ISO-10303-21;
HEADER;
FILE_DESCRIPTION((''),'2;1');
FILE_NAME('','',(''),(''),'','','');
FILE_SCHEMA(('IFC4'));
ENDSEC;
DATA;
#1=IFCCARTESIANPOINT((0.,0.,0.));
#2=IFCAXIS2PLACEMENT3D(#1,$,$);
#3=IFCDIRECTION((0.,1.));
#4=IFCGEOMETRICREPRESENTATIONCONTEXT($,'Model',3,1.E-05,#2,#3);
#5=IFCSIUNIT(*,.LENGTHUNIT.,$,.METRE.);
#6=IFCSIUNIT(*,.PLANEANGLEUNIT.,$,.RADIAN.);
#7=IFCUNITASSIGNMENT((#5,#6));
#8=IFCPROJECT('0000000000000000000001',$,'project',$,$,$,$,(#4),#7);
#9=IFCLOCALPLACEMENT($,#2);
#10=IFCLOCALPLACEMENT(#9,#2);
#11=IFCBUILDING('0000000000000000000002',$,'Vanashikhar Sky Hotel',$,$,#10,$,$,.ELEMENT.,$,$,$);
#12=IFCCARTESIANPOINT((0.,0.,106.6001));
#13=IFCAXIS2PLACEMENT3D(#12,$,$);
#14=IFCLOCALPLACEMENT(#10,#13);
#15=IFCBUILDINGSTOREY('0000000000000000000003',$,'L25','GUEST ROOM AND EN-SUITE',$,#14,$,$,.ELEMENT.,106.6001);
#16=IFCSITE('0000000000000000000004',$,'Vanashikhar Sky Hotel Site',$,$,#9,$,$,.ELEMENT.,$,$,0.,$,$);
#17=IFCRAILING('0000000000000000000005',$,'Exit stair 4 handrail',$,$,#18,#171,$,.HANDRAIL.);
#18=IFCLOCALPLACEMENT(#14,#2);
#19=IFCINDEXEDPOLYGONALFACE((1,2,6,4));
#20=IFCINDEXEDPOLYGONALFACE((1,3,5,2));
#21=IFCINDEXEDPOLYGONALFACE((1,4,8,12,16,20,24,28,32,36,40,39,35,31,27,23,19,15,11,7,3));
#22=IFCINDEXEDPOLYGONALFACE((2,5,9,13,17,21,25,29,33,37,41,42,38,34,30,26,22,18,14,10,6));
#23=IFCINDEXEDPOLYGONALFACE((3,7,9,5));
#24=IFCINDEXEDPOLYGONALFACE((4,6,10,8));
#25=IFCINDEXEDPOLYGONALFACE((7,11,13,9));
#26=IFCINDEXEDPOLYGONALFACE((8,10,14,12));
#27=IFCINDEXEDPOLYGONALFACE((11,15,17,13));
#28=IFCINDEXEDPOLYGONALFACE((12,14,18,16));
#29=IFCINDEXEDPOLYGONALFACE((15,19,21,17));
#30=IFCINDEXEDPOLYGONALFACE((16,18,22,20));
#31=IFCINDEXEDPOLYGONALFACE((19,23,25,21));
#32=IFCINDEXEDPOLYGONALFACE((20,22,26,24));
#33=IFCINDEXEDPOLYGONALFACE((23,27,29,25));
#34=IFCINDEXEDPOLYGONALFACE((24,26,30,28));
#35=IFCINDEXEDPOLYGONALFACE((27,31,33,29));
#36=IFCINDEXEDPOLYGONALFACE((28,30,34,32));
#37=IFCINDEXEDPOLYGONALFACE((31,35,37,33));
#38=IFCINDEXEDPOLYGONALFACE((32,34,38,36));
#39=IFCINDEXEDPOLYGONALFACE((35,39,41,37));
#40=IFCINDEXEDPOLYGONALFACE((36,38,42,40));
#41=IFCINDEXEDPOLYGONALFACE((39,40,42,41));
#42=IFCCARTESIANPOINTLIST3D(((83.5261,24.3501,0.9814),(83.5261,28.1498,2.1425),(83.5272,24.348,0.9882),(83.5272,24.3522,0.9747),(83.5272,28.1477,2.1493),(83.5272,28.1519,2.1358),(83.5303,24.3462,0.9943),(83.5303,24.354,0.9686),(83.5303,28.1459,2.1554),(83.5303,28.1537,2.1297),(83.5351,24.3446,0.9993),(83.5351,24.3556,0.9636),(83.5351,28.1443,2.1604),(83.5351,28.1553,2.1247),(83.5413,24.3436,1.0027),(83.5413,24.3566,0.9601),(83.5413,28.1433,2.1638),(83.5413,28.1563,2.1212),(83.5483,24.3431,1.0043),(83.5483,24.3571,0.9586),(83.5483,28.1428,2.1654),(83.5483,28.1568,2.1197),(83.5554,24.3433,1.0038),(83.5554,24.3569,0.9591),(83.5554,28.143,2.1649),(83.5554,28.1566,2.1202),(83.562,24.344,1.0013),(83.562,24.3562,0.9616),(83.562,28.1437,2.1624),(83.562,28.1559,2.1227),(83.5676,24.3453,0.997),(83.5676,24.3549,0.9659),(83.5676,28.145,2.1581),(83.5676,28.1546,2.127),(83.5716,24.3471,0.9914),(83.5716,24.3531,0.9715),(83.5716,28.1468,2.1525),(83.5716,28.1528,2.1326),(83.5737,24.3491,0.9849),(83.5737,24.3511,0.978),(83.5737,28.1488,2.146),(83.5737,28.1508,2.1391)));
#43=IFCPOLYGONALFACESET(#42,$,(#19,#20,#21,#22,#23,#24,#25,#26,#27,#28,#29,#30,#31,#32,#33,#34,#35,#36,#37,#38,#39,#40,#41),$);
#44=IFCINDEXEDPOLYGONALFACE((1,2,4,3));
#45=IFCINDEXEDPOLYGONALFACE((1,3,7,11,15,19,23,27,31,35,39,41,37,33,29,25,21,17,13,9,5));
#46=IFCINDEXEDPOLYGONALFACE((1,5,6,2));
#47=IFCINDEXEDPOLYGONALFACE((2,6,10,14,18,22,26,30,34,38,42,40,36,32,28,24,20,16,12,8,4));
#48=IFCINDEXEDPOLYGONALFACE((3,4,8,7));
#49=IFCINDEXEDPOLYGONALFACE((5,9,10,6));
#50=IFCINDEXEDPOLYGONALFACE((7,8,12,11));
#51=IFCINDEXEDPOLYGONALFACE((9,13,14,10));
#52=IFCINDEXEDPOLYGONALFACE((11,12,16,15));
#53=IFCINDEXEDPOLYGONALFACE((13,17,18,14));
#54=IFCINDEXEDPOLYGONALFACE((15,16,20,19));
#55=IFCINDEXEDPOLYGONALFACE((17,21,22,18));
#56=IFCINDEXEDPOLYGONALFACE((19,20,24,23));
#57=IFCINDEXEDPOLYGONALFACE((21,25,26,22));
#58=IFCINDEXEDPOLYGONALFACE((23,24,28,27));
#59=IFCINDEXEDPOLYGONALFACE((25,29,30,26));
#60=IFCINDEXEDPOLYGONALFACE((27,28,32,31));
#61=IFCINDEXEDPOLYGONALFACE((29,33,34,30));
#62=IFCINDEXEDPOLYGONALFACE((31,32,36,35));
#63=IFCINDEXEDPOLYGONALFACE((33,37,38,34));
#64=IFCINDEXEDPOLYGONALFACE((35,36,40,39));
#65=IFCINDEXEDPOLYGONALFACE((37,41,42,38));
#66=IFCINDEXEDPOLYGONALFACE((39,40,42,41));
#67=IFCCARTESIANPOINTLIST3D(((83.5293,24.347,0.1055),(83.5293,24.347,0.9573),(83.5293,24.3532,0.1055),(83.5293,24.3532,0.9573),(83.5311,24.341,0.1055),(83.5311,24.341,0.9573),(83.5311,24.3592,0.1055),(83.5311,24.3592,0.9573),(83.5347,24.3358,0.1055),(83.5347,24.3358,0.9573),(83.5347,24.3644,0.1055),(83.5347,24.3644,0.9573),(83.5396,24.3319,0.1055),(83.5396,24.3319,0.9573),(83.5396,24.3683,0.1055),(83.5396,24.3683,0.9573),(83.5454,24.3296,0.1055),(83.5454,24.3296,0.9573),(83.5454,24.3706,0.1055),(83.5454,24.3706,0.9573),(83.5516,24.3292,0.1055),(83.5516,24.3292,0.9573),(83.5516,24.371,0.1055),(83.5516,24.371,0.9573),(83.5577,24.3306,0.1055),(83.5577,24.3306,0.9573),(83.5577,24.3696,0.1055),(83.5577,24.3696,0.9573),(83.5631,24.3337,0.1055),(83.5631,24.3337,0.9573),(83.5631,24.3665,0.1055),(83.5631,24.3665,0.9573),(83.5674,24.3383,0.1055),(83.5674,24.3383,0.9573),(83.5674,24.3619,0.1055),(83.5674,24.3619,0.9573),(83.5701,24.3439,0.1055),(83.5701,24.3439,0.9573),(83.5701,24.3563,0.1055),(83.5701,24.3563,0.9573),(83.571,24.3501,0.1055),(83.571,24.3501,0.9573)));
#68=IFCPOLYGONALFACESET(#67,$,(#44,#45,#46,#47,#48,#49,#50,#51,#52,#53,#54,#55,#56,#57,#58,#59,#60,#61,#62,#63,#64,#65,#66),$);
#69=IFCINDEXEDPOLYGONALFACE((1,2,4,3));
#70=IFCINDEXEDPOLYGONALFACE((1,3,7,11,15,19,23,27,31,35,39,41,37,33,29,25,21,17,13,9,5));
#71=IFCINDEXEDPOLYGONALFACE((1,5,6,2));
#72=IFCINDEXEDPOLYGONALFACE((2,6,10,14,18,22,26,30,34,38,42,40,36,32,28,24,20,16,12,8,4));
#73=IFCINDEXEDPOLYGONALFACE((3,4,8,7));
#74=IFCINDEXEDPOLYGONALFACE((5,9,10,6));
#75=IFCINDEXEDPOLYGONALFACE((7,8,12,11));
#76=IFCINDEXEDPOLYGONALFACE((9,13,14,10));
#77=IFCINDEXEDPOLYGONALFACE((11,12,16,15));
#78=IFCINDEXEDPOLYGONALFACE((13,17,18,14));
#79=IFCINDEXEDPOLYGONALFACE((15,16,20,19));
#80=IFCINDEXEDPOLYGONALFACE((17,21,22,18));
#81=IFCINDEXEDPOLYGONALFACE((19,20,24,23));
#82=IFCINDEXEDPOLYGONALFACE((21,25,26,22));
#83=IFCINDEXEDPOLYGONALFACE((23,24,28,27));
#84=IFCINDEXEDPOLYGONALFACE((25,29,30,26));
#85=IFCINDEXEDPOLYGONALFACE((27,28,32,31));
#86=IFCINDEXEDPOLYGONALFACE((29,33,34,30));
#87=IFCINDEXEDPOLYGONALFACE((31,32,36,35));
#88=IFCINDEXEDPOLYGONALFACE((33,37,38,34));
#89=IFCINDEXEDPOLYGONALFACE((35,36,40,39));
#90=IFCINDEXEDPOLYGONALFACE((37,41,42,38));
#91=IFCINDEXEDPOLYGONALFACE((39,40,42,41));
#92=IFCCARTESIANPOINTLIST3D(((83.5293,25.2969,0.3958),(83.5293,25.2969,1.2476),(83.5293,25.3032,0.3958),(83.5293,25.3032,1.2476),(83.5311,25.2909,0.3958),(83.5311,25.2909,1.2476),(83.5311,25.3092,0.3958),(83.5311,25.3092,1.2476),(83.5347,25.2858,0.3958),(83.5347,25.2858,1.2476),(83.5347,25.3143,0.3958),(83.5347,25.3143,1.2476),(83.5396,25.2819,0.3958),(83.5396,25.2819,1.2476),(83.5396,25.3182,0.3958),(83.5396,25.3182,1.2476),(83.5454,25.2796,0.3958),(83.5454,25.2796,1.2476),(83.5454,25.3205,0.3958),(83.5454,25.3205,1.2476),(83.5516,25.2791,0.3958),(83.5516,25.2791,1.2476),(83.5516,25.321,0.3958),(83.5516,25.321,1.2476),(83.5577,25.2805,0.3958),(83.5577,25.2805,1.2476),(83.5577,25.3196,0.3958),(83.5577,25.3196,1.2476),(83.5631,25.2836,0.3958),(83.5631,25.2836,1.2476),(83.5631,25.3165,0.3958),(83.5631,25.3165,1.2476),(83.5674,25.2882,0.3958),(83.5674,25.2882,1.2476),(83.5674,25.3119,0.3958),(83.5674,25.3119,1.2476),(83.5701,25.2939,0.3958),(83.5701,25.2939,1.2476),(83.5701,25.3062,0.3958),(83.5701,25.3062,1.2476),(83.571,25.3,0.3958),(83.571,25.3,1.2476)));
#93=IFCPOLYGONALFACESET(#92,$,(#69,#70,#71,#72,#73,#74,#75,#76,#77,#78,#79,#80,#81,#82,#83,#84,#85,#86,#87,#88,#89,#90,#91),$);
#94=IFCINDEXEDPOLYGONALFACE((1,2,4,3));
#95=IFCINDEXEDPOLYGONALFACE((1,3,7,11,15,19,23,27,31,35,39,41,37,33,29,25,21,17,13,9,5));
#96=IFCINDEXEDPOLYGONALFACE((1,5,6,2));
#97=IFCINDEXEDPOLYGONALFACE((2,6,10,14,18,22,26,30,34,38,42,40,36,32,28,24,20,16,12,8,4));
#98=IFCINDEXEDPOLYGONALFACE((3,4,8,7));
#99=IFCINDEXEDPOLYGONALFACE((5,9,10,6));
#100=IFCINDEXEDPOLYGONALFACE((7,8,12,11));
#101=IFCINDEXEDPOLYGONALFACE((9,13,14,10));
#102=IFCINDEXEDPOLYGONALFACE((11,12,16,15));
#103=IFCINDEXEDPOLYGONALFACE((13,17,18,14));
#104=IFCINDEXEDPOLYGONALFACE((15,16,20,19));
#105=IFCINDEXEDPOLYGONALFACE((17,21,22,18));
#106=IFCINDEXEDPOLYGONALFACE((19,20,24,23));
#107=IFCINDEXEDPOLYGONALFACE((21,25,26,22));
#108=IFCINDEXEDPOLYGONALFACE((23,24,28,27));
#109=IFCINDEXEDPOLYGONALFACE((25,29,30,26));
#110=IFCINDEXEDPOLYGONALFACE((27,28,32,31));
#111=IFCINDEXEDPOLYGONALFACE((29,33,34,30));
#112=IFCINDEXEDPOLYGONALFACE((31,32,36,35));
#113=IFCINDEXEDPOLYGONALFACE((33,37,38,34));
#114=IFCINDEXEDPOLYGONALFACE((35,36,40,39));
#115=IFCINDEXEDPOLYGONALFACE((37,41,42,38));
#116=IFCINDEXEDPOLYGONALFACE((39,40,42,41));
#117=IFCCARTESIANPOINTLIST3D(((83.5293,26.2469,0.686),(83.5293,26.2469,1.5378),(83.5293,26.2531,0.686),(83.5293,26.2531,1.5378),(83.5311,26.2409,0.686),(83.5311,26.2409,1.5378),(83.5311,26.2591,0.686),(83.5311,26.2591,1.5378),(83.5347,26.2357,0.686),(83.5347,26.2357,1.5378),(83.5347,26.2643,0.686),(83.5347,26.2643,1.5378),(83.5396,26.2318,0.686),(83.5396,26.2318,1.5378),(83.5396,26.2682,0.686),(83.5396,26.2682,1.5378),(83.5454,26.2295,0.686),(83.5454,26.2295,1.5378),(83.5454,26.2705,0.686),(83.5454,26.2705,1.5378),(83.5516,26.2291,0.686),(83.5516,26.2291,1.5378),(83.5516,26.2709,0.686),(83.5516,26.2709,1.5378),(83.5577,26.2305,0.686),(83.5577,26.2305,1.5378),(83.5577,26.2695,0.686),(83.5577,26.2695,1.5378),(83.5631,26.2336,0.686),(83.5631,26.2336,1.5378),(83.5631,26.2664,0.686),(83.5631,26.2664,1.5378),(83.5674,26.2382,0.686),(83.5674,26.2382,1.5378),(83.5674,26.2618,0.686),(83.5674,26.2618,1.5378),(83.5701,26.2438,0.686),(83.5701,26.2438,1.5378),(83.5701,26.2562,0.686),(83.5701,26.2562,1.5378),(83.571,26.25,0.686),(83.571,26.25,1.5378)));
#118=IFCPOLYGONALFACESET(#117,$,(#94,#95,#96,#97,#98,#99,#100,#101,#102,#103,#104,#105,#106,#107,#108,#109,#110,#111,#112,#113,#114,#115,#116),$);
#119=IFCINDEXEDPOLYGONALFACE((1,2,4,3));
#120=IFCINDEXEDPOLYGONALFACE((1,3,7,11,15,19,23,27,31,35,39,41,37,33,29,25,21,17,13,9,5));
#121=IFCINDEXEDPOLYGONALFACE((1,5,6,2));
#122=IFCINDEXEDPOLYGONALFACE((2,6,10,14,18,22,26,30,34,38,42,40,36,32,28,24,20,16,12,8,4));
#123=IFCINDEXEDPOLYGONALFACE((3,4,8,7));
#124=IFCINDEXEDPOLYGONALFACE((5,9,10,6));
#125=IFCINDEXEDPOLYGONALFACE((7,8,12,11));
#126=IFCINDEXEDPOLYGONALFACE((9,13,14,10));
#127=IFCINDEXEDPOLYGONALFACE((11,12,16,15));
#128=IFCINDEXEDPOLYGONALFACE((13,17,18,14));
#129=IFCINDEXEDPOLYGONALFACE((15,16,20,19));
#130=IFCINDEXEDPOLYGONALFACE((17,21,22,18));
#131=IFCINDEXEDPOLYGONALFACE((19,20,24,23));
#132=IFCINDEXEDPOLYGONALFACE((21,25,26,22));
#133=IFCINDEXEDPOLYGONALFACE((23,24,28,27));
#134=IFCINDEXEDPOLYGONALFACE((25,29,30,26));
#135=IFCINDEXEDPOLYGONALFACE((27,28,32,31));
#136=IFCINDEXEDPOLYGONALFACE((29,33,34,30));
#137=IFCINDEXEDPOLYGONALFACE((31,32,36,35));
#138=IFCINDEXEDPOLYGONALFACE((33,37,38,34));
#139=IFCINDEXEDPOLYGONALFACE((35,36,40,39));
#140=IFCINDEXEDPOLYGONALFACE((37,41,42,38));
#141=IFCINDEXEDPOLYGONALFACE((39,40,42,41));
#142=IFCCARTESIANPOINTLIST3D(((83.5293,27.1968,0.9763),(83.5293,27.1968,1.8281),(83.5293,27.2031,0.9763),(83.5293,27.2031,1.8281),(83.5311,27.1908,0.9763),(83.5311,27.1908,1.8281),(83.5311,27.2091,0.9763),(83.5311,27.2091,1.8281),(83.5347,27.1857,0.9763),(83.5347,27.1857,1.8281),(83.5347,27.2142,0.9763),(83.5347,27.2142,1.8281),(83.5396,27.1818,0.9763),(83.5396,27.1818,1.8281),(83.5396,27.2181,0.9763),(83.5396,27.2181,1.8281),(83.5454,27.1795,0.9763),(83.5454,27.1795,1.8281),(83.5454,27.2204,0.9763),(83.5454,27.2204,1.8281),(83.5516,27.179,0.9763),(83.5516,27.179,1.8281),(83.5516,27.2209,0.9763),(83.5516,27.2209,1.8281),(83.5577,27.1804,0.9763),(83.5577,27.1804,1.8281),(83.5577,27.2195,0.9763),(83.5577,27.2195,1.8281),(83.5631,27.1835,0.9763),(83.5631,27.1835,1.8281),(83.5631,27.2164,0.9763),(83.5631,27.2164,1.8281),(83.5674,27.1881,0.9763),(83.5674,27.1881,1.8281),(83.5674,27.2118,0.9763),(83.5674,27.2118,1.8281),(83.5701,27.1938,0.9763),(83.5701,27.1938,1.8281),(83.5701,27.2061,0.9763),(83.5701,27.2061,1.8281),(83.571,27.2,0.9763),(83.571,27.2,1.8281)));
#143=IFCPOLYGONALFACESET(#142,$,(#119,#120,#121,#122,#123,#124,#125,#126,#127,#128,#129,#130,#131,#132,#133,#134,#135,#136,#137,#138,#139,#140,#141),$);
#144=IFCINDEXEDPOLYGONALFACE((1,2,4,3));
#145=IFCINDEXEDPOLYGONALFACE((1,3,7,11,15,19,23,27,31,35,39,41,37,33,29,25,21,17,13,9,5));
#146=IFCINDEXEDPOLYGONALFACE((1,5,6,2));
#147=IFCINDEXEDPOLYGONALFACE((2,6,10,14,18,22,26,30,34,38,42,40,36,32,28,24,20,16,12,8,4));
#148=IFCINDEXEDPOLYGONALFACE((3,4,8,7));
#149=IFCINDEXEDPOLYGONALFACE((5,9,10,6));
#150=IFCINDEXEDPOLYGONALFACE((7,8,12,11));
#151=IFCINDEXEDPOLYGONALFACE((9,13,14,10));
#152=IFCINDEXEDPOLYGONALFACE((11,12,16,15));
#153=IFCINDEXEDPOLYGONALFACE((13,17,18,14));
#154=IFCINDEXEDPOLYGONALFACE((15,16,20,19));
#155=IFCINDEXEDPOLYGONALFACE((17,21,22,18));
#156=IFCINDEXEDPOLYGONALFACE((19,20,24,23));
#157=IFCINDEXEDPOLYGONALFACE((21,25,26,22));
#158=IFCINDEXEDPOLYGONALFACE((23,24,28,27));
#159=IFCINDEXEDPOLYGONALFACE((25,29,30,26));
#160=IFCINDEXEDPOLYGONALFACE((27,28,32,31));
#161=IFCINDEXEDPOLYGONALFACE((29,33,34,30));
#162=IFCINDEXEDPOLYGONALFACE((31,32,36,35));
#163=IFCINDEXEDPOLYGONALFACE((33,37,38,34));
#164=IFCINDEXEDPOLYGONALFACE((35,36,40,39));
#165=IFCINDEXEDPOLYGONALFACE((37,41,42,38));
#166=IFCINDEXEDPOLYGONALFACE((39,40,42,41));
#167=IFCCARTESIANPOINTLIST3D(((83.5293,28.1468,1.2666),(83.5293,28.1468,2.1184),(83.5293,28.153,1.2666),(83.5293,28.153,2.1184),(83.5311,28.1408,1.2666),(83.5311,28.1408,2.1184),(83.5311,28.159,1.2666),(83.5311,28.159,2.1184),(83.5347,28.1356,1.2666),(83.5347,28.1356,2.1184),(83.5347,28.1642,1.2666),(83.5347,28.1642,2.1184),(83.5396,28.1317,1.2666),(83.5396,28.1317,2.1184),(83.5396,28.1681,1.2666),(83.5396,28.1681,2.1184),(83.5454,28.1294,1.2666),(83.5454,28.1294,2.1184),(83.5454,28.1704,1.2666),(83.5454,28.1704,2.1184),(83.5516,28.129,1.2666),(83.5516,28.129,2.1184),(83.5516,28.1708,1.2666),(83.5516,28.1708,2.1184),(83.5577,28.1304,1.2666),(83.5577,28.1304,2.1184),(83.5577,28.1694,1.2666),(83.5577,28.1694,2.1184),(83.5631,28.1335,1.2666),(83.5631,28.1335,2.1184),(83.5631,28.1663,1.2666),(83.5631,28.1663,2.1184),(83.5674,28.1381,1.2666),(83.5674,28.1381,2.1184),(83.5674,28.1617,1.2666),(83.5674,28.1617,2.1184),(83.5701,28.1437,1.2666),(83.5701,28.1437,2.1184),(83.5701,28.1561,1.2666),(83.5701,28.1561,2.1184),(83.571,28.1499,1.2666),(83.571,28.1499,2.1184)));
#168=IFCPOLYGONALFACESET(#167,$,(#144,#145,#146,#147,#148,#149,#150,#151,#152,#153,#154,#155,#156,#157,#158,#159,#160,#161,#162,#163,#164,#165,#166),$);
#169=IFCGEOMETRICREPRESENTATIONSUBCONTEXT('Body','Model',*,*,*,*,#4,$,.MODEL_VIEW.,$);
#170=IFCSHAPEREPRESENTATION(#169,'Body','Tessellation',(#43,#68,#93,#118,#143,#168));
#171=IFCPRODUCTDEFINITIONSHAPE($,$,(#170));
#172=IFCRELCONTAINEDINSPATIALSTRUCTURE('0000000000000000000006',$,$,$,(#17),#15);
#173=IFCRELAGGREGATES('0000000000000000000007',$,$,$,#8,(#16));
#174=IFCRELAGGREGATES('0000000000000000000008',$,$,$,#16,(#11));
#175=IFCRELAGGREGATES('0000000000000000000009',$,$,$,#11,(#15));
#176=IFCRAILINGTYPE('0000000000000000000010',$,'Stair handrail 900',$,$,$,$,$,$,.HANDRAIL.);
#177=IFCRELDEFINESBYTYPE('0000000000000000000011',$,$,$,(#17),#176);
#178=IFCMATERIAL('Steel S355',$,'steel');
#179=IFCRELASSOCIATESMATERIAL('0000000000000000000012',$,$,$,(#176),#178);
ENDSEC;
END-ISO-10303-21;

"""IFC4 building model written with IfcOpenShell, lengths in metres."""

from ifc_helpers import new_model, si_unit, direction, frame, origin, origin_2d, place, context, subcontext, project, spatial, circle, extrude, source, transform, mapped, material, type_object, element, save


model = new_model("IFC4")

# Units and contexts
model_context = context("Model", 3, precision=1e-05, world=origin(), true_north=direction((0.0, 1.0)))
body_context = subcontext(model_context, "Body", "Model", "MODEL_VIEW")
ifc_project = project(units=[si_unit("LENGTHUNIT", "METRE"), si_unit("PLANEANGLEUNIT", "RADIAN")], contexts=[model_context])

# Site, building, storey
site_placement = place(None, origin())
site = spatial("IfcSite", under=ifc_project, at=site_placement, Name="Vanashikhar Sky Hotel Site", CompositionType="ELEMENT", RefElevation=0.0)
building_placement = place(site_placement, origin())
building = spatial("IfcBuilding", under=site, at=building_placement, Name="Vanashikhar Sky Hotel", CompositionType="ELEMENT")
storey_placement = place(building_placement, frame((0.0, 0.0, 106.6001)))
storey = spatial("IfcBuildingStorey", under=building, at=storey_placement, Name="L25", Description="GUEST ROOM AND EN-SUITE", CompositionType="ELEMENT", Elevation=106.6001)

# Railing
ifc_material_1 = material(Name="Steel S355", Category="steel")
railing_type_1 = type_object("IfcRailingType", Name="Stair handrail 900", PredefinedType="HANDRAIL", material=ifc_material_1)
shared_shape_1 = source(origin(), body_context, "Body", "SweptSolid", [
    extrude(circle(Radius=0.0239, at=origin_2d()), frame((0.0, 0.0, 0.876), z_axis=(0.0, 0.956346, 0.292237), x_axis=(-1.0, 0.0, 0.0)), (0.0, 0.0, 1.0), 3.9731),
    extrude(circle(Radius=0.021, at=origin_2d()), origin(), (0.0, 0.0, 1.0), 0.8518),
    extrude(circle(Radius=0.021, at=origin_2d()), frame((0.0, 0.95, 0.2903)), (0.0, 0.0, 1.0), 0.8518),
    extrude(circle(Radius=0.021, at=origin_2d()), frame((0.0, 1.8999, 0.5806)), (0.0, 0.0, 1.0), 0.8518),
    extrude(circle(Radius=0.021, at=origin_2d()), frame((0.0, 2.8499, 0.8708)), (0.0, 0.0, 1.0), 0.8518),
    extrude(circle(Radius=0.021, at=origin_2d()), frame((0.0, 3.7998, 1.1611)), (0.0, 0.0, 1.0), 0.8518),
])
for number, where, name in (
    (1, (83.55, 24.3501, 0.1055), "Exit stair 4 handrail"),
):
    element("IfcRailing", number, at=place(storey_placement, frame(where)), inside=storey, type_object=railing_type_1, Name=name, PredefinedType="HANDRAIL", context=body_context, shape_type="MappedRepresentation", body=[
        mapped(shared_shape_1, transform((0.0, 0.0, 0.0), scale=1.0)),
    ])

save(model, "model.ifc")
